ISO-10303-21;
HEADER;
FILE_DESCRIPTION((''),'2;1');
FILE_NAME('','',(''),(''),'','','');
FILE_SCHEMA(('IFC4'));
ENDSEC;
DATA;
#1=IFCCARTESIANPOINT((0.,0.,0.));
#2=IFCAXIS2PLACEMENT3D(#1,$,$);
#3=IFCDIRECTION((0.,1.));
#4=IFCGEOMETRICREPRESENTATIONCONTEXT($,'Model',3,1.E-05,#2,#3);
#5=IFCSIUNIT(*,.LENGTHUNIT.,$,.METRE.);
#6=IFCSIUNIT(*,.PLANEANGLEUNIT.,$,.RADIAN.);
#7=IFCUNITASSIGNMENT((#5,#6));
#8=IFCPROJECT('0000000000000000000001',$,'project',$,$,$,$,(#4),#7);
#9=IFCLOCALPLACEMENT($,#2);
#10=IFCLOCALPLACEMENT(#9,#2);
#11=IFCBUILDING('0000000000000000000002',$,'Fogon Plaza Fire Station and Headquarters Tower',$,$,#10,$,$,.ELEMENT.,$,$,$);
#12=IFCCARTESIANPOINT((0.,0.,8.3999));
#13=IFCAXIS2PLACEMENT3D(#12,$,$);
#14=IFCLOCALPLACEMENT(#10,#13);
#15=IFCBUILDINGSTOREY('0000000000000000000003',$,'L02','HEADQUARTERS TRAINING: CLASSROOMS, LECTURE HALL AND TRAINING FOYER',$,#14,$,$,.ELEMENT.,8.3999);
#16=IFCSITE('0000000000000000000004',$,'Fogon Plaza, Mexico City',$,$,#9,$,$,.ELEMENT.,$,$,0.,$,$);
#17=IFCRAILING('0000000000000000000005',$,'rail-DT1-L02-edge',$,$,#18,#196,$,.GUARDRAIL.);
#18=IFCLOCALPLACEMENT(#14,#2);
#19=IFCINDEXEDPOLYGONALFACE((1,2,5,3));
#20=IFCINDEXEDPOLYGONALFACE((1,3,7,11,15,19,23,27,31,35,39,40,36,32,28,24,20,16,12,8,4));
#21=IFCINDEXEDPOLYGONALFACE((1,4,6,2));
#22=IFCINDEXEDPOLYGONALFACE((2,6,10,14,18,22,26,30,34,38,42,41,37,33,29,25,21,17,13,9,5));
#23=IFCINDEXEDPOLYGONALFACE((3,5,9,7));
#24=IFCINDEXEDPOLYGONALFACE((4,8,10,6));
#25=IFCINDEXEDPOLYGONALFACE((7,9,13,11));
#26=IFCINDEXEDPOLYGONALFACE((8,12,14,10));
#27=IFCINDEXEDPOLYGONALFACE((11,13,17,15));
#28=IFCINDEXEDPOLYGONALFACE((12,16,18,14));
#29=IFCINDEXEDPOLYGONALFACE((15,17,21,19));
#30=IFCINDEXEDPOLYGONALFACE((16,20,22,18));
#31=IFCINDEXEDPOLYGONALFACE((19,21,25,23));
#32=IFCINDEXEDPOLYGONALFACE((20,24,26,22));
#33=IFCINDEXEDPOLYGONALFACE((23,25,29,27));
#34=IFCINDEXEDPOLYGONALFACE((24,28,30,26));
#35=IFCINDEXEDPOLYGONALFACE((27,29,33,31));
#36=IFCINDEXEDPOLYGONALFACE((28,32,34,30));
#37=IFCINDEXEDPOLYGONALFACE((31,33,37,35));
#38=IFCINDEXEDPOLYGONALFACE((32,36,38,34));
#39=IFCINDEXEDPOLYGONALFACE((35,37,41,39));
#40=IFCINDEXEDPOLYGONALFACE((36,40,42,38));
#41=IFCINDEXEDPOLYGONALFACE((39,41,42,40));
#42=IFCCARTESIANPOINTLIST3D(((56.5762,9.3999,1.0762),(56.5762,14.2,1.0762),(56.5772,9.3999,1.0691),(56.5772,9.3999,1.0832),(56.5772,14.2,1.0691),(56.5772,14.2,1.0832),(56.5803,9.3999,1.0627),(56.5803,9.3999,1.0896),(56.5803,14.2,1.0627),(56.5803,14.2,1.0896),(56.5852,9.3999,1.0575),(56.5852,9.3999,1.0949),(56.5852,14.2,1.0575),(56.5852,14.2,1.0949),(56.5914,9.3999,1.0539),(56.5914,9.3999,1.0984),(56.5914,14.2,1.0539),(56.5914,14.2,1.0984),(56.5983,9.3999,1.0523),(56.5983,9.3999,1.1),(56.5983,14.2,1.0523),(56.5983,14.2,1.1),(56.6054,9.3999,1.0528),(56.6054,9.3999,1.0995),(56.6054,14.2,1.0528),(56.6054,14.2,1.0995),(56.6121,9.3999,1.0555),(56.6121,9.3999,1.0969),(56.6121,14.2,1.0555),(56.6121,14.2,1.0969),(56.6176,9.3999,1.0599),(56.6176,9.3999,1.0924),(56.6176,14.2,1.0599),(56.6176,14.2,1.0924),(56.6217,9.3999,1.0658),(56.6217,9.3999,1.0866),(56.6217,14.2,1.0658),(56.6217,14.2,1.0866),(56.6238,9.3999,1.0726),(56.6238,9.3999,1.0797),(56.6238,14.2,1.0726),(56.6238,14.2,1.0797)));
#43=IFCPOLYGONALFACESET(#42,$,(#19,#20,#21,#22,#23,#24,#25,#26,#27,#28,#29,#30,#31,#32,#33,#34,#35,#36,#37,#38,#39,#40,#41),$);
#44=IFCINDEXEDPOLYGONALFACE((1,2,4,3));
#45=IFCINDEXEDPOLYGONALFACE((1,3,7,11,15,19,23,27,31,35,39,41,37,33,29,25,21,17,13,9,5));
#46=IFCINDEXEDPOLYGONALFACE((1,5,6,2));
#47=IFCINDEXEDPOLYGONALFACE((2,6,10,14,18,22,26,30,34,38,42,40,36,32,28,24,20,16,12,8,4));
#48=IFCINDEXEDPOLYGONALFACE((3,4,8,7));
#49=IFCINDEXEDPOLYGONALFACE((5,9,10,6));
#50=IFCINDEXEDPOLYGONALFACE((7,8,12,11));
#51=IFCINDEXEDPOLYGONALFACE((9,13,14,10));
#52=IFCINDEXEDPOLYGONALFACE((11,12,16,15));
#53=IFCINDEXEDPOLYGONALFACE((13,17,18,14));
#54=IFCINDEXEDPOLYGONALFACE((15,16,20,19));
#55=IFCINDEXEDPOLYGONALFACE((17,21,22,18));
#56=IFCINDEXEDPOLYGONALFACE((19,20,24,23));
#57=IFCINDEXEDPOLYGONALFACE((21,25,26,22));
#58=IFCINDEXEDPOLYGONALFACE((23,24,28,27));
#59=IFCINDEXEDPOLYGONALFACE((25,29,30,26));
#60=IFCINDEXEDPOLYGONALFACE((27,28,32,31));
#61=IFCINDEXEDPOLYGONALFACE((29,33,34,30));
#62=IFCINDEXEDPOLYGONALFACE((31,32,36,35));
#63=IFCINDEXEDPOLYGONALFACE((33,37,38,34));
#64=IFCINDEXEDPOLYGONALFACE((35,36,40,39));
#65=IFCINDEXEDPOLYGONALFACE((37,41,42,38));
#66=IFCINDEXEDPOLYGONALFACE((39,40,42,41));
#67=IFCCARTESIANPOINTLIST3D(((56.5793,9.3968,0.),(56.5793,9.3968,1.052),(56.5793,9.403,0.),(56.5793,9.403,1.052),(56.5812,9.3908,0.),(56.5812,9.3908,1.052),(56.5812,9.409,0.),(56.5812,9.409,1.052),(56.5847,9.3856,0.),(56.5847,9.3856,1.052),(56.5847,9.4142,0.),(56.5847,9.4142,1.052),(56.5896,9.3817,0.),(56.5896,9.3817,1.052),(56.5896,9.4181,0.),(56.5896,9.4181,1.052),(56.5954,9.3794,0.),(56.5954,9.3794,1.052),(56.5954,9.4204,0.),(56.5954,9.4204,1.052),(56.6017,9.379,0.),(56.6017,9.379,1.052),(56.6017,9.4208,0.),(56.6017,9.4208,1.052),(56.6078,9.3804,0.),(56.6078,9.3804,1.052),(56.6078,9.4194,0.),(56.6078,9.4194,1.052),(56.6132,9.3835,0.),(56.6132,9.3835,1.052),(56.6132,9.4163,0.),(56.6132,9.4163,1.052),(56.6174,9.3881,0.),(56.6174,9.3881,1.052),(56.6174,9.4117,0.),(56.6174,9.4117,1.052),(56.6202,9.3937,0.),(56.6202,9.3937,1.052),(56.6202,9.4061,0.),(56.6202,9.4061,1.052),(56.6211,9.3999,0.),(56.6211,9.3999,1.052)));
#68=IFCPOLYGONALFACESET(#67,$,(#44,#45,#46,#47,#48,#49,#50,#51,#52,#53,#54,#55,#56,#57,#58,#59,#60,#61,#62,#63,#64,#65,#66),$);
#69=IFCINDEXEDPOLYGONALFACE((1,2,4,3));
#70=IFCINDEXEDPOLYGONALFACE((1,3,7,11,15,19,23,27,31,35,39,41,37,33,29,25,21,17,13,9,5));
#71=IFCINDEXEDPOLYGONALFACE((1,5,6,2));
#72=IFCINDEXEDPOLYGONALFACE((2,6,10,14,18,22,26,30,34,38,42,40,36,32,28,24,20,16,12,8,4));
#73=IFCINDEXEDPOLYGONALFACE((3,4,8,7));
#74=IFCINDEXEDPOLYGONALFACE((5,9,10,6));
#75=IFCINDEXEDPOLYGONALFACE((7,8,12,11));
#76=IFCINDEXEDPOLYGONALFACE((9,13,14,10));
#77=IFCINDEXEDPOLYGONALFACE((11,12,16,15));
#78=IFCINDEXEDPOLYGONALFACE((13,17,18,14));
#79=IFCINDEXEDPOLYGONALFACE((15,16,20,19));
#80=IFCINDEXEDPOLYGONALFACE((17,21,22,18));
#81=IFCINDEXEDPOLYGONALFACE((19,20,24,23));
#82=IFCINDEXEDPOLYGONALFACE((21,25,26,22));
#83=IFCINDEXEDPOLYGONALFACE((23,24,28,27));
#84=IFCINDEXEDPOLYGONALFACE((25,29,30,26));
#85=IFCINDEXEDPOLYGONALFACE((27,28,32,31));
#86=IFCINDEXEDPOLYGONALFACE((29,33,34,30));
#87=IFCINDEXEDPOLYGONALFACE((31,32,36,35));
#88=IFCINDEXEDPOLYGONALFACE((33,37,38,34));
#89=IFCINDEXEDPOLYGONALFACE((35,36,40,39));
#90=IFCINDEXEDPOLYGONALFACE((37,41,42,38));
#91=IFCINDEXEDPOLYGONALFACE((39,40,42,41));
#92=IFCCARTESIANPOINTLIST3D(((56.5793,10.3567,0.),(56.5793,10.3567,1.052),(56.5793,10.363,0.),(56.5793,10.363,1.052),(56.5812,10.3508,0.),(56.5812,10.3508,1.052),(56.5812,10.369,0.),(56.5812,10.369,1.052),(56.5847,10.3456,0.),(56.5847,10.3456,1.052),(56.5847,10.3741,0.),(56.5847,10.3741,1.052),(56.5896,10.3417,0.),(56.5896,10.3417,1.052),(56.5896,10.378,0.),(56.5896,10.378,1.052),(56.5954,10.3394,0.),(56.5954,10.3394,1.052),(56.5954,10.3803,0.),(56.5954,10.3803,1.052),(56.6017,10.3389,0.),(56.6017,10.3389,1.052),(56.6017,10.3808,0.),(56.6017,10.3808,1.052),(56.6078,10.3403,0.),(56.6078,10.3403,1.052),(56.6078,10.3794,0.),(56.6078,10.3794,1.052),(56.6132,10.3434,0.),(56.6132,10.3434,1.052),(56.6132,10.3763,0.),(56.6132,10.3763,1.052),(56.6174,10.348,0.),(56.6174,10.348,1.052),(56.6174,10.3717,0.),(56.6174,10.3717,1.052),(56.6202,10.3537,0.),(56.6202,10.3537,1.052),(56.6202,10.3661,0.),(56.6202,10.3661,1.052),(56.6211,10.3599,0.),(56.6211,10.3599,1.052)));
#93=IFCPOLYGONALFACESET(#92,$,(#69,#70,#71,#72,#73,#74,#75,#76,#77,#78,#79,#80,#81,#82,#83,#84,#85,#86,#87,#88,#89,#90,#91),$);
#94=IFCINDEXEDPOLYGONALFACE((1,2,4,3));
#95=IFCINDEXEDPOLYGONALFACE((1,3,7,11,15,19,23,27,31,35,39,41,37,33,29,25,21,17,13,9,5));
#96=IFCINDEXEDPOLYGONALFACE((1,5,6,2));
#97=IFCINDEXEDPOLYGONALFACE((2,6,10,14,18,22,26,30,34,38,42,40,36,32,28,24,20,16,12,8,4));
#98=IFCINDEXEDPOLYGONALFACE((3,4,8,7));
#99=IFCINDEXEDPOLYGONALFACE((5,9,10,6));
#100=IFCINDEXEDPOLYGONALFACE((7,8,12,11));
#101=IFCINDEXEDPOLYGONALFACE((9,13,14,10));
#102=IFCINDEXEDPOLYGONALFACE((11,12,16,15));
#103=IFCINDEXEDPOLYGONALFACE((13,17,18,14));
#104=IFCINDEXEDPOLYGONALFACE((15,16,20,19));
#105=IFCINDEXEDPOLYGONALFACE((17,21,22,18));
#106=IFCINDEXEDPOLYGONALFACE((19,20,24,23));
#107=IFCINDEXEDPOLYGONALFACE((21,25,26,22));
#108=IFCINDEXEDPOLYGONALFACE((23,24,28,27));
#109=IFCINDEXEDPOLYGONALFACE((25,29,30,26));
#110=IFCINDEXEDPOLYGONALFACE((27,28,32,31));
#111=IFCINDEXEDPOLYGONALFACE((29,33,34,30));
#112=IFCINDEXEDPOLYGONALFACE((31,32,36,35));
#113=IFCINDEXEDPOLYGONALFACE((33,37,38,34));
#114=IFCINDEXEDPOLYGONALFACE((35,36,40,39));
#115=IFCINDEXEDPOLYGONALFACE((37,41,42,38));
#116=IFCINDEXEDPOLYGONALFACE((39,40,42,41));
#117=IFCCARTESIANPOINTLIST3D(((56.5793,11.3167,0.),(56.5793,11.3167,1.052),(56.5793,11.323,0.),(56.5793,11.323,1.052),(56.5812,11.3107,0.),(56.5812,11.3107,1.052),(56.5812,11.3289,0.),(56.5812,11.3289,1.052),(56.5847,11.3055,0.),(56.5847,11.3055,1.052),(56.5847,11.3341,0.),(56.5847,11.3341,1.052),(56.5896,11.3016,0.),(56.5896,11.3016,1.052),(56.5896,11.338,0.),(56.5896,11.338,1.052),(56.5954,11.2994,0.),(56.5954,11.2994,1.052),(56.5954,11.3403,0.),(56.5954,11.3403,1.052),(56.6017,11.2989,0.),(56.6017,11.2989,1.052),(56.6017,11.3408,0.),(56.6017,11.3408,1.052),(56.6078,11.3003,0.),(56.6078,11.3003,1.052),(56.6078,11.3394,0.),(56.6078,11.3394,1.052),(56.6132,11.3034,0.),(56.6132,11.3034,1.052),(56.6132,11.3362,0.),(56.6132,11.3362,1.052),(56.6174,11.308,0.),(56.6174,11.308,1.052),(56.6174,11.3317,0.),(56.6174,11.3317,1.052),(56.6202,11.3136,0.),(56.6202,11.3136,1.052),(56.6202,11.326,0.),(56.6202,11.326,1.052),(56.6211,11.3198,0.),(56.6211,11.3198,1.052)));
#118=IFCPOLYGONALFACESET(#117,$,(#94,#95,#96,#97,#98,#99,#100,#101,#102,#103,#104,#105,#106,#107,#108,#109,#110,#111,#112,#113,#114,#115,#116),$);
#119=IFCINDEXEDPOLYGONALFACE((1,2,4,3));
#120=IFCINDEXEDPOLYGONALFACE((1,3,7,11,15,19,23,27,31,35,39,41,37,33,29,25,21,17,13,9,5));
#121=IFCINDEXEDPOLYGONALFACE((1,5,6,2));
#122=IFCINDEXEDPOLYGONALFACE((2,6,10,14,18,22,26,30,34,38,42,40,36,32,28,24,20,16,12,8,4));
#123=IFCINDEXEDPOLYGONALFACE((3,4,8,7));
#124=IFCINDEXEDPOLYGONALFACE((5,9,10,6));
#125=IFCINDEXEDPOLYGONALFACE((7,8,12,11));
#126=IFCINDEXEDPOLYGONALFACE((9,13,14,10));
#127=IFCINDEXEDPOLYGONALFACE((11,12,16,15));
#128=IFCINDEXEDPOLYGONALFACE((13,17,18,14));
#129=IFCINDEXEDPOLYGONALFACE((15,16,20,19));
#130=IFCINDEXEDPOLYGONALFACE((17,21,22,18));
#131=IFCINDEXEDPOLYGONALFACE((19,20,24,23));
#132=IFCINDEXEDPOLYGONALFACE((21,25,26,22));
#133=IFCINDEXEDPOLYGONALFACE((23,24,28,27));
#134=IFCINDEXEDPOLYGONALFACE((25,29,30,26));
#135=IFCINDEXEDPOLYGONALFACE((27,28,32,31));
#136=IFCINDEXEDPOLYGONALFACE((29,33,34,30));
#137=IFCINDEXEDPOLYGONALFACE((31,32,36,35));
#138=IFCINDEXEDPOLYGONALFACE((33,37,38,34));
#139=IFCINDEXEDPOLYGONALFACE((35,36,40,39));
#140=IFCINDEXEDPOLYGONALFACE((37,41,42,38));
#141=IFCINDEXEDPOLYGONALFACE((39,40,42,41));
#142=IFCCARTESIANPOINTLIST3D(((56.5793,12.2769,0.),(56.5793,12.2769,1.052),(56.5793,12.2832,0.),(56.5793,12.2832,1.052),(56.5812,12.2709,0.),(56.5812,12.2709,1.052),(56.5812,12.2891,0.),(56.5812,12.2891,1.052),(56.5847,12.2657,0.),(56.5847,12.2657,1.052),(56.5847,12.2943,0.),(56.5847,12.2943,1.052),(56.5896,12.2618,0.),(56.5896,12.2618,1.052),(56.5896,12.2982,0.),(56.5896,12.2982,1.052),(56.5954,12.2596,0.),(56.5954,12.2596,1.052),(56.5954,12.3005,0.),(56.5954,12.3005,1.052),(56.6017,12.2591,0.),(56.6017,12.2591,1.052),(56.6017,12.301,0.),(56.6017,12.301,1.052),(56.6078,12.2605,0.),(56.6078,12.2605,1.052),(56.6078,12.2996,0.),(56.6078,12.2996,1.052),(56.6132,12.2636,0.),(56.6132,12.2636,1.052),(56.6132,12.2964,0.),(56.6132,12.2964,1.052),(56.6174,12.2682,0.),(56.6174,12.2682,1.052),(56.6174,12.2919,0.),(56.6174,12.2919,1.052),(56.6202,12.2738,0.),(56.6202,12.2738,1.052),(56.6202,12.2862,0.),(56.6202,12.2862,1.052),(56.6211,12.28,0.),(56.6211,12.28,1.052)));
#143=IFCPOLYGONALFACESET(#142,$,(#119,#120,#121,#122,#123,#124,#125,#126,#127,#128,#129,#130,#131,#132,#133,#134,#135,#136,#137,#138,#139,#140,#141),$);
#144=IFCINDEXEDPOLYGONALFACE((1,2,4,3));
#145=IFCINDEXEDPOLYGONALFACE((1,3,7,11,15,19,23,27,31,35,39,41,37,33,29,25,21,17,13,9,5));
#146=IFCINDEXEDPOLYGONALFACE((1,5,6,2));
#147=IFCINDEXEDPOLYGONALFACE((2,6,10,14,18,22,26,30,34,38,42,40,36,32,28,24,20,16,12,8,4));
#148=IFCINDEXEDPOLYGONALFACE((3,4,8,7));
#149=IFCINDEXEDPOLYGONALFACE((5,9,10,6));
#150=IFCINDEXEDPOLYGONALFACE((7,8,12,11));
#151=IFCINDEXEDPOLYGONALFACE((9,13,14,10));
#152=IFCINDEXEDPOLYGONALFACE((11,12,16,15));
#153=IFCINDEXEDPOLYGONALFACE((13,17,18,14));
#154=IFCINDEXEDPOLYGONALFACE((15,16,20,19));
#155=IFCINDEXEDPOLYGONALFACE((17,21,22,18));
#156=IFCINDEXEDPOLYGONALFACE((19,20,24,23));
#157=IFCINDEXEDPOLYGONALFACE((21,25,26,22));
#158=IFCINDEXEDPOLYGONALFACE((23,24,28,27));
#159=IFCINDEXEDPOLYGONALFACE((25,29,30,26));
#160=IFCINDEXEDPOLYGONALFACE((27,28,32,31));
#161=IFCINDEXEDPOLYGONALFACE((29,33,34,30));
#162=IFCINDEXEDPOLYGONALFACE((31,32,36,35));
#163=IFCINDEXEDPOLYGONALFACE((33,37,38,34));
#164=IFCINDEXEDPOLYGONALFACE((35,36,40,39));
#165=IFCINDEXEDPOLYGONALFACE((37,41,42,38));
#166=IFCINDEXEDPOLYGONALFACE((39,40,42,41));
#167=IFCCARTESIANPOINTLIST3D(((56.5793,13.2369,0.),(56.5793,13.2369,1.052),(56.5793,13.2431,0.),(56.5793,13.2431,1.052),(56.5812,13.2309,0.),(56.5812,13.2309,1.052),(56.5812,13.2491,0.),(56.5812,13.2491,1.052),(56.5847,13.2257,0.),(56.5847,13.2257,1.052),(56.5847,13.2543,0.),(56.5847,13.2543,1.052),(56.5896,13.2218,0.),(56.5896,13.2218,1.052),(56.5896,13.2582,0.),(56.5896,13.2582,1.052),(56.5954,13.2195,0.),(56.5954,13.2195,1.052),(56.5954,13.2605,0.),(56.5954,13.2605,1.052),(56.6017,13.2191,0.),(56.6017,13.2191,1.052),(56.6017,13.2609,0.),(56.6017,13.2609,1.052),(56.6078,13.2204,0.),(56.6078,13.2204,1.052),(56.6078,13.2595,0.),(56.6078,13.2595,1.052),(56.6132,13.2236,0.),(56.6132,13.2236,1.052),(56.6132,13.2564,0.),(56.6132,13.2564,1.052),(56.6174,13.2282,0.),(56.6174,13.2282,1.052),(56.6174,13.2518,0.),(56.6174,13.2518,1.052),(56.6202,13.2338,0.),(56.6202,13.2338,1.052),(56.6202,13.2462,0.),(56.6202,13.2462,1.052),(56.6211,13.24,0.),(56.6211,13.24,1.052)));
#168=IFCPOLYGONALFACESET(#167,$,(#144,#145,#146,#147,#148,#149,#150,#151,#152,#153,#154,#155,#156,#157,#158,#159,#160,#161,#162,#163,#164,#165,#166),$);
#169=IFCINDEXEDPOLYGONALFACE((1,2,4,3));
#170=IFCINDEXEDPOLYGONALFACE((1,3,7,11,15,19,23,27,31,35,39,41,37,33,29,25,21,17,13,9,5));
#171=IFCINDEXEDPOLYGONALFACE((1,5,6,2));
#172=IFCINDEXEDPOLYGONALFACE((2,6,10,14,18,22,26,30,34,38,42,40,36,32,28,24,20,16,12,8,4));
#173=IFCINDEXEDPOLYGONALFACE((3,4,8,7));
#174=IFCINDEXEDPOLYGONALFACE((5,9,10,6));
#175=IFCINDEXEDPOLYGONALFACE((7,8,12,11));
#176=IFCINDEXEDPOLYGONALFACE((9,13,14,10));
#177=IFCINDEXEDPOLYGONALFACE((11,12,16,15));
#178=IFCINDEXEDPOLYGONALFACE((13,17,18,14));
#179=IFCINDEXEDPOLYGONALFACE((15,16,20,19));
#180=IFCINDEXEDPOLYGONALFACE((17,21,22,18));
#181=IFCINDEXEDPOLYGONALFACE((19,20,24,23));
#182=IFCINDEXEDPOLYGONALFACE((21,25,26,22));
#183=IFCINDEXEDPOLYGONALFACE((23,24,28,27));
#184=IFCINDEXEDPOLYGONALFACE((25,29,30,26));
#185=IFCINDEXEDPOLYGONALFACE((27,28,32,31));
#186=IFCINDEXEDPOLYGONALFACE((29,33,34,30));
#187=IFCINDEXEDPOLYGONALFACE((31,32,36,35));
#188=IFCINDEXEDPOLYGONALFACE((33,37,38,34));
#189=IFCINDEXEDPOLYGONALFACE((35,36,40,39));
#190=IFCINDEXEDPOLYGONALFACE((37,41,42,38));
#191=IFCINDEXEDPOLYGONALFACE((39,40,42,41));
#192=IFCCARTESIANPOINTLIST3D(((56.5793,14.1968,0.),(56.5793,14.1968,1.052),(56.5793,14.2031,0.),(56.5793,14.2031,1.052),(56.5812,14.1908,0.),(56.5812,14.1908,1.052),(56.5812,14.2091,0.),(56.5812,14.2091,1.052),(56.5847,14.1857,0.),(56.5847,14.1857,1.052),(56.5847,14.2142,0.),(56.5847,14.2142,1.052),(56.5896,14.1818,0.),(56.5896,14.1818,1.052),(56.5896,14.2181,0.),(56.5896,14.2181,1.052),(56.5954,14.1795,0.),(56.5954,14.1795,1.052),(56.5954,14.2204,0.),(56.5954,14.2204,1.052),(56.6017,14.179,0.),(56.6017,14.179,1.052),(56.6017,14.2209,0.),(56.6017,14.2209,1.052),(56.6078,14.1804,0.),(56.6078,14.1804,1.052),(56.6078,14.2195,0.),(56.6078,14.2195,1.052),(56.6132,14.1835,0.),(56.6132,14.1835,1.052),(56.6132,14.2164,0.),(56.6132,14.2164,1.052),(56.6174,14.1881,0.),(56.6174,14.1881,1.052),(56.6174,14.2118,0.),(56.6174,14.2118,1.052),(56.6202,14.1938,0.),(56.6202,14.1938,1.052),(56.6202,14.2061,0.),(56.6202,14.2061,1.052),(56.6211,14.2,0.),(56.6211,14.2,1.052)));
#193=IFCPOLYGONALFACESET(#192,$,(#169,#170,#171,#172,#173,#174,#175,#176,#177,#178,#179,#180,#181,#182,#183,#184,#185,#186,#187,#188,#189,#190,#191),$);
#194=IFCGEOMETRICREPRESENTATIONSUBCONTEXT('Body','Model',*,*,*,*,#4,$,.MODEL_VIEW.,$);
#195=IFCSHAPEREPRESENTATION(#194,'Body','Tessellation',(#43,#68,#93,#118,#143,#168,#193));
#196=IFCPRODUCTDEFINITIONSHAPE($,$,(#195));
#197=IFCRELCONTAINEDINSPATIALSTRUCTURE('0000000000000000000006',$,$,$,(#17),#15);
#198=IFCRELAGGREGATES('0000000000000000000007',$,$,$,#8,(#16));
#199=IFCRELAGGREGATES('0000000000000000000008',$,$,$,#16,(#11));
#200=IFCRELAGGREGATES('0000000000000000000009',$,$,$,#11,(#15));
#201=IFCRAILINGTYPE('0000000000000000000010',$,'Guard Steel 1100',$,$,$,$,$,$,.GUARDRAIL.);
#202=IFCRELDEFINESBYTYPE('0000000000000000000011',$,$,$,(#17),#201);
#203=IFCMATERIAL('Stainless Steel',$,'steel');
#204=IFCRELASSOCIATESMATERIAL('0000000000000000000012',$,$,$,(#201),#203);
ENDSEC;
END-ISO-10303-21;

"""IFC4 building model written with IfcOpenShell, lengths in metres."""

from ifc_helpers import new_model, si_unit, direction, frame, origin, origin_2d, place, context, subcontext, project, spatial, circle, extrude, material, type_object, element, save


model = new_model("IFC4")

# Units and contexts
model_context = context("Model", 3, precision=1e-05, world=origin(), true_north=direction((0.0, 1.0)))
body_context = subcontext(model_context, "Body", "Model", "MODEL_VIEW")
ifc_project = project(units=[si_unit("LENGTHUNIT", "METRE"), si_unit("PLANEANGLEUNIT", "RADIAN")], contexts=[model_context])

# Site, building, storey
site_placement = place(None, origin())
site = spatial("IfcSite", under=ifc_project, at=site_placement, Name="Fogon Plaza, Mexico City", CompositionType="ELEMENT", RefElevation=0.0)
building_placement = place(site_placement, origin())
building = spatial("IfcBuilding", under=site, at=building_placement, Name="Fogon Plaza Fire Station and Headquarters Tower", CompositionType="ELEMENT")
storey_placement = place(building_placement, frame((0.0, 0.0, 8.3999)))
storey = spatial("IfcBuildingStorey", under=building, at=storey_placement, Name="L02", Description="HEADQUARTERS TRAINING: CLASSROOMS, LECTURE HALL AND TRAINING FOYER", CompositionType="ELEMENT", Elevation=8.3999)

# Railing
ifc_material_1 = material(Name="Stainless Steel", Category="steel")
railing_type_1 = type_object("IfcRailingType", Name="Guard Steel 1100", PredefinedType="GUARDRAIL", material=ifc_material_1)
railing_1_placement = place(storey_placement, frame((56.6001, 9.3999, 0.0)))
element("IfcRailing", 1, at=railing_1_placement, inside=storey, type_object=railing_type_1, Name="rail-DT1-L02-edge", PredefinedType="GUARDRAIL", context=body_context, shape_type="SweptSolid", body=[
    extrude(circle(Radius=0.0239, at=origin_2d()), frame((0.0, 0.0, 1.0762), z_axis=(0.0, 1.0, 0.0), x_axis=(-1.0, 0.0, 0.0)), (0.0, 0.0, 1.0), 4.8),
    extrude(circle(Radius=0.021, at=origin_2d()), origin(), (0.0, 0.0, 1.0), 1.052),
    extrude(circle(Radius=0.021, at=origin_2d()), frame((0.0, 0.96, 0.0)), (0.0, 0.0, 1.0), 1.052),
    extrude(circle(Radius=0.021, at=origin_2d()), frame((0.0, 1.9199, 0.0)), (0.0, 0.0, 1.0), 1.052),
    extrude(circle(Radius=0.021, at=origin_2d()), frame((0.0, 2.8801, 0.0)), (0.0, 0.0, 1.0), 1.052),
    extrude(circle(Radius=0.021, at=origin_2d()), frame((0.0, 3.8401, 0.0)), (0.0, 0.0, 1.0), 1.052),
    extrude(circle(Radius=0.021, at=origin_2d()), frame((0.0, 4.8, 0.0)), (0.0, 0.0, 1.0), 1.052),
])

save(model, "model.ifc")
